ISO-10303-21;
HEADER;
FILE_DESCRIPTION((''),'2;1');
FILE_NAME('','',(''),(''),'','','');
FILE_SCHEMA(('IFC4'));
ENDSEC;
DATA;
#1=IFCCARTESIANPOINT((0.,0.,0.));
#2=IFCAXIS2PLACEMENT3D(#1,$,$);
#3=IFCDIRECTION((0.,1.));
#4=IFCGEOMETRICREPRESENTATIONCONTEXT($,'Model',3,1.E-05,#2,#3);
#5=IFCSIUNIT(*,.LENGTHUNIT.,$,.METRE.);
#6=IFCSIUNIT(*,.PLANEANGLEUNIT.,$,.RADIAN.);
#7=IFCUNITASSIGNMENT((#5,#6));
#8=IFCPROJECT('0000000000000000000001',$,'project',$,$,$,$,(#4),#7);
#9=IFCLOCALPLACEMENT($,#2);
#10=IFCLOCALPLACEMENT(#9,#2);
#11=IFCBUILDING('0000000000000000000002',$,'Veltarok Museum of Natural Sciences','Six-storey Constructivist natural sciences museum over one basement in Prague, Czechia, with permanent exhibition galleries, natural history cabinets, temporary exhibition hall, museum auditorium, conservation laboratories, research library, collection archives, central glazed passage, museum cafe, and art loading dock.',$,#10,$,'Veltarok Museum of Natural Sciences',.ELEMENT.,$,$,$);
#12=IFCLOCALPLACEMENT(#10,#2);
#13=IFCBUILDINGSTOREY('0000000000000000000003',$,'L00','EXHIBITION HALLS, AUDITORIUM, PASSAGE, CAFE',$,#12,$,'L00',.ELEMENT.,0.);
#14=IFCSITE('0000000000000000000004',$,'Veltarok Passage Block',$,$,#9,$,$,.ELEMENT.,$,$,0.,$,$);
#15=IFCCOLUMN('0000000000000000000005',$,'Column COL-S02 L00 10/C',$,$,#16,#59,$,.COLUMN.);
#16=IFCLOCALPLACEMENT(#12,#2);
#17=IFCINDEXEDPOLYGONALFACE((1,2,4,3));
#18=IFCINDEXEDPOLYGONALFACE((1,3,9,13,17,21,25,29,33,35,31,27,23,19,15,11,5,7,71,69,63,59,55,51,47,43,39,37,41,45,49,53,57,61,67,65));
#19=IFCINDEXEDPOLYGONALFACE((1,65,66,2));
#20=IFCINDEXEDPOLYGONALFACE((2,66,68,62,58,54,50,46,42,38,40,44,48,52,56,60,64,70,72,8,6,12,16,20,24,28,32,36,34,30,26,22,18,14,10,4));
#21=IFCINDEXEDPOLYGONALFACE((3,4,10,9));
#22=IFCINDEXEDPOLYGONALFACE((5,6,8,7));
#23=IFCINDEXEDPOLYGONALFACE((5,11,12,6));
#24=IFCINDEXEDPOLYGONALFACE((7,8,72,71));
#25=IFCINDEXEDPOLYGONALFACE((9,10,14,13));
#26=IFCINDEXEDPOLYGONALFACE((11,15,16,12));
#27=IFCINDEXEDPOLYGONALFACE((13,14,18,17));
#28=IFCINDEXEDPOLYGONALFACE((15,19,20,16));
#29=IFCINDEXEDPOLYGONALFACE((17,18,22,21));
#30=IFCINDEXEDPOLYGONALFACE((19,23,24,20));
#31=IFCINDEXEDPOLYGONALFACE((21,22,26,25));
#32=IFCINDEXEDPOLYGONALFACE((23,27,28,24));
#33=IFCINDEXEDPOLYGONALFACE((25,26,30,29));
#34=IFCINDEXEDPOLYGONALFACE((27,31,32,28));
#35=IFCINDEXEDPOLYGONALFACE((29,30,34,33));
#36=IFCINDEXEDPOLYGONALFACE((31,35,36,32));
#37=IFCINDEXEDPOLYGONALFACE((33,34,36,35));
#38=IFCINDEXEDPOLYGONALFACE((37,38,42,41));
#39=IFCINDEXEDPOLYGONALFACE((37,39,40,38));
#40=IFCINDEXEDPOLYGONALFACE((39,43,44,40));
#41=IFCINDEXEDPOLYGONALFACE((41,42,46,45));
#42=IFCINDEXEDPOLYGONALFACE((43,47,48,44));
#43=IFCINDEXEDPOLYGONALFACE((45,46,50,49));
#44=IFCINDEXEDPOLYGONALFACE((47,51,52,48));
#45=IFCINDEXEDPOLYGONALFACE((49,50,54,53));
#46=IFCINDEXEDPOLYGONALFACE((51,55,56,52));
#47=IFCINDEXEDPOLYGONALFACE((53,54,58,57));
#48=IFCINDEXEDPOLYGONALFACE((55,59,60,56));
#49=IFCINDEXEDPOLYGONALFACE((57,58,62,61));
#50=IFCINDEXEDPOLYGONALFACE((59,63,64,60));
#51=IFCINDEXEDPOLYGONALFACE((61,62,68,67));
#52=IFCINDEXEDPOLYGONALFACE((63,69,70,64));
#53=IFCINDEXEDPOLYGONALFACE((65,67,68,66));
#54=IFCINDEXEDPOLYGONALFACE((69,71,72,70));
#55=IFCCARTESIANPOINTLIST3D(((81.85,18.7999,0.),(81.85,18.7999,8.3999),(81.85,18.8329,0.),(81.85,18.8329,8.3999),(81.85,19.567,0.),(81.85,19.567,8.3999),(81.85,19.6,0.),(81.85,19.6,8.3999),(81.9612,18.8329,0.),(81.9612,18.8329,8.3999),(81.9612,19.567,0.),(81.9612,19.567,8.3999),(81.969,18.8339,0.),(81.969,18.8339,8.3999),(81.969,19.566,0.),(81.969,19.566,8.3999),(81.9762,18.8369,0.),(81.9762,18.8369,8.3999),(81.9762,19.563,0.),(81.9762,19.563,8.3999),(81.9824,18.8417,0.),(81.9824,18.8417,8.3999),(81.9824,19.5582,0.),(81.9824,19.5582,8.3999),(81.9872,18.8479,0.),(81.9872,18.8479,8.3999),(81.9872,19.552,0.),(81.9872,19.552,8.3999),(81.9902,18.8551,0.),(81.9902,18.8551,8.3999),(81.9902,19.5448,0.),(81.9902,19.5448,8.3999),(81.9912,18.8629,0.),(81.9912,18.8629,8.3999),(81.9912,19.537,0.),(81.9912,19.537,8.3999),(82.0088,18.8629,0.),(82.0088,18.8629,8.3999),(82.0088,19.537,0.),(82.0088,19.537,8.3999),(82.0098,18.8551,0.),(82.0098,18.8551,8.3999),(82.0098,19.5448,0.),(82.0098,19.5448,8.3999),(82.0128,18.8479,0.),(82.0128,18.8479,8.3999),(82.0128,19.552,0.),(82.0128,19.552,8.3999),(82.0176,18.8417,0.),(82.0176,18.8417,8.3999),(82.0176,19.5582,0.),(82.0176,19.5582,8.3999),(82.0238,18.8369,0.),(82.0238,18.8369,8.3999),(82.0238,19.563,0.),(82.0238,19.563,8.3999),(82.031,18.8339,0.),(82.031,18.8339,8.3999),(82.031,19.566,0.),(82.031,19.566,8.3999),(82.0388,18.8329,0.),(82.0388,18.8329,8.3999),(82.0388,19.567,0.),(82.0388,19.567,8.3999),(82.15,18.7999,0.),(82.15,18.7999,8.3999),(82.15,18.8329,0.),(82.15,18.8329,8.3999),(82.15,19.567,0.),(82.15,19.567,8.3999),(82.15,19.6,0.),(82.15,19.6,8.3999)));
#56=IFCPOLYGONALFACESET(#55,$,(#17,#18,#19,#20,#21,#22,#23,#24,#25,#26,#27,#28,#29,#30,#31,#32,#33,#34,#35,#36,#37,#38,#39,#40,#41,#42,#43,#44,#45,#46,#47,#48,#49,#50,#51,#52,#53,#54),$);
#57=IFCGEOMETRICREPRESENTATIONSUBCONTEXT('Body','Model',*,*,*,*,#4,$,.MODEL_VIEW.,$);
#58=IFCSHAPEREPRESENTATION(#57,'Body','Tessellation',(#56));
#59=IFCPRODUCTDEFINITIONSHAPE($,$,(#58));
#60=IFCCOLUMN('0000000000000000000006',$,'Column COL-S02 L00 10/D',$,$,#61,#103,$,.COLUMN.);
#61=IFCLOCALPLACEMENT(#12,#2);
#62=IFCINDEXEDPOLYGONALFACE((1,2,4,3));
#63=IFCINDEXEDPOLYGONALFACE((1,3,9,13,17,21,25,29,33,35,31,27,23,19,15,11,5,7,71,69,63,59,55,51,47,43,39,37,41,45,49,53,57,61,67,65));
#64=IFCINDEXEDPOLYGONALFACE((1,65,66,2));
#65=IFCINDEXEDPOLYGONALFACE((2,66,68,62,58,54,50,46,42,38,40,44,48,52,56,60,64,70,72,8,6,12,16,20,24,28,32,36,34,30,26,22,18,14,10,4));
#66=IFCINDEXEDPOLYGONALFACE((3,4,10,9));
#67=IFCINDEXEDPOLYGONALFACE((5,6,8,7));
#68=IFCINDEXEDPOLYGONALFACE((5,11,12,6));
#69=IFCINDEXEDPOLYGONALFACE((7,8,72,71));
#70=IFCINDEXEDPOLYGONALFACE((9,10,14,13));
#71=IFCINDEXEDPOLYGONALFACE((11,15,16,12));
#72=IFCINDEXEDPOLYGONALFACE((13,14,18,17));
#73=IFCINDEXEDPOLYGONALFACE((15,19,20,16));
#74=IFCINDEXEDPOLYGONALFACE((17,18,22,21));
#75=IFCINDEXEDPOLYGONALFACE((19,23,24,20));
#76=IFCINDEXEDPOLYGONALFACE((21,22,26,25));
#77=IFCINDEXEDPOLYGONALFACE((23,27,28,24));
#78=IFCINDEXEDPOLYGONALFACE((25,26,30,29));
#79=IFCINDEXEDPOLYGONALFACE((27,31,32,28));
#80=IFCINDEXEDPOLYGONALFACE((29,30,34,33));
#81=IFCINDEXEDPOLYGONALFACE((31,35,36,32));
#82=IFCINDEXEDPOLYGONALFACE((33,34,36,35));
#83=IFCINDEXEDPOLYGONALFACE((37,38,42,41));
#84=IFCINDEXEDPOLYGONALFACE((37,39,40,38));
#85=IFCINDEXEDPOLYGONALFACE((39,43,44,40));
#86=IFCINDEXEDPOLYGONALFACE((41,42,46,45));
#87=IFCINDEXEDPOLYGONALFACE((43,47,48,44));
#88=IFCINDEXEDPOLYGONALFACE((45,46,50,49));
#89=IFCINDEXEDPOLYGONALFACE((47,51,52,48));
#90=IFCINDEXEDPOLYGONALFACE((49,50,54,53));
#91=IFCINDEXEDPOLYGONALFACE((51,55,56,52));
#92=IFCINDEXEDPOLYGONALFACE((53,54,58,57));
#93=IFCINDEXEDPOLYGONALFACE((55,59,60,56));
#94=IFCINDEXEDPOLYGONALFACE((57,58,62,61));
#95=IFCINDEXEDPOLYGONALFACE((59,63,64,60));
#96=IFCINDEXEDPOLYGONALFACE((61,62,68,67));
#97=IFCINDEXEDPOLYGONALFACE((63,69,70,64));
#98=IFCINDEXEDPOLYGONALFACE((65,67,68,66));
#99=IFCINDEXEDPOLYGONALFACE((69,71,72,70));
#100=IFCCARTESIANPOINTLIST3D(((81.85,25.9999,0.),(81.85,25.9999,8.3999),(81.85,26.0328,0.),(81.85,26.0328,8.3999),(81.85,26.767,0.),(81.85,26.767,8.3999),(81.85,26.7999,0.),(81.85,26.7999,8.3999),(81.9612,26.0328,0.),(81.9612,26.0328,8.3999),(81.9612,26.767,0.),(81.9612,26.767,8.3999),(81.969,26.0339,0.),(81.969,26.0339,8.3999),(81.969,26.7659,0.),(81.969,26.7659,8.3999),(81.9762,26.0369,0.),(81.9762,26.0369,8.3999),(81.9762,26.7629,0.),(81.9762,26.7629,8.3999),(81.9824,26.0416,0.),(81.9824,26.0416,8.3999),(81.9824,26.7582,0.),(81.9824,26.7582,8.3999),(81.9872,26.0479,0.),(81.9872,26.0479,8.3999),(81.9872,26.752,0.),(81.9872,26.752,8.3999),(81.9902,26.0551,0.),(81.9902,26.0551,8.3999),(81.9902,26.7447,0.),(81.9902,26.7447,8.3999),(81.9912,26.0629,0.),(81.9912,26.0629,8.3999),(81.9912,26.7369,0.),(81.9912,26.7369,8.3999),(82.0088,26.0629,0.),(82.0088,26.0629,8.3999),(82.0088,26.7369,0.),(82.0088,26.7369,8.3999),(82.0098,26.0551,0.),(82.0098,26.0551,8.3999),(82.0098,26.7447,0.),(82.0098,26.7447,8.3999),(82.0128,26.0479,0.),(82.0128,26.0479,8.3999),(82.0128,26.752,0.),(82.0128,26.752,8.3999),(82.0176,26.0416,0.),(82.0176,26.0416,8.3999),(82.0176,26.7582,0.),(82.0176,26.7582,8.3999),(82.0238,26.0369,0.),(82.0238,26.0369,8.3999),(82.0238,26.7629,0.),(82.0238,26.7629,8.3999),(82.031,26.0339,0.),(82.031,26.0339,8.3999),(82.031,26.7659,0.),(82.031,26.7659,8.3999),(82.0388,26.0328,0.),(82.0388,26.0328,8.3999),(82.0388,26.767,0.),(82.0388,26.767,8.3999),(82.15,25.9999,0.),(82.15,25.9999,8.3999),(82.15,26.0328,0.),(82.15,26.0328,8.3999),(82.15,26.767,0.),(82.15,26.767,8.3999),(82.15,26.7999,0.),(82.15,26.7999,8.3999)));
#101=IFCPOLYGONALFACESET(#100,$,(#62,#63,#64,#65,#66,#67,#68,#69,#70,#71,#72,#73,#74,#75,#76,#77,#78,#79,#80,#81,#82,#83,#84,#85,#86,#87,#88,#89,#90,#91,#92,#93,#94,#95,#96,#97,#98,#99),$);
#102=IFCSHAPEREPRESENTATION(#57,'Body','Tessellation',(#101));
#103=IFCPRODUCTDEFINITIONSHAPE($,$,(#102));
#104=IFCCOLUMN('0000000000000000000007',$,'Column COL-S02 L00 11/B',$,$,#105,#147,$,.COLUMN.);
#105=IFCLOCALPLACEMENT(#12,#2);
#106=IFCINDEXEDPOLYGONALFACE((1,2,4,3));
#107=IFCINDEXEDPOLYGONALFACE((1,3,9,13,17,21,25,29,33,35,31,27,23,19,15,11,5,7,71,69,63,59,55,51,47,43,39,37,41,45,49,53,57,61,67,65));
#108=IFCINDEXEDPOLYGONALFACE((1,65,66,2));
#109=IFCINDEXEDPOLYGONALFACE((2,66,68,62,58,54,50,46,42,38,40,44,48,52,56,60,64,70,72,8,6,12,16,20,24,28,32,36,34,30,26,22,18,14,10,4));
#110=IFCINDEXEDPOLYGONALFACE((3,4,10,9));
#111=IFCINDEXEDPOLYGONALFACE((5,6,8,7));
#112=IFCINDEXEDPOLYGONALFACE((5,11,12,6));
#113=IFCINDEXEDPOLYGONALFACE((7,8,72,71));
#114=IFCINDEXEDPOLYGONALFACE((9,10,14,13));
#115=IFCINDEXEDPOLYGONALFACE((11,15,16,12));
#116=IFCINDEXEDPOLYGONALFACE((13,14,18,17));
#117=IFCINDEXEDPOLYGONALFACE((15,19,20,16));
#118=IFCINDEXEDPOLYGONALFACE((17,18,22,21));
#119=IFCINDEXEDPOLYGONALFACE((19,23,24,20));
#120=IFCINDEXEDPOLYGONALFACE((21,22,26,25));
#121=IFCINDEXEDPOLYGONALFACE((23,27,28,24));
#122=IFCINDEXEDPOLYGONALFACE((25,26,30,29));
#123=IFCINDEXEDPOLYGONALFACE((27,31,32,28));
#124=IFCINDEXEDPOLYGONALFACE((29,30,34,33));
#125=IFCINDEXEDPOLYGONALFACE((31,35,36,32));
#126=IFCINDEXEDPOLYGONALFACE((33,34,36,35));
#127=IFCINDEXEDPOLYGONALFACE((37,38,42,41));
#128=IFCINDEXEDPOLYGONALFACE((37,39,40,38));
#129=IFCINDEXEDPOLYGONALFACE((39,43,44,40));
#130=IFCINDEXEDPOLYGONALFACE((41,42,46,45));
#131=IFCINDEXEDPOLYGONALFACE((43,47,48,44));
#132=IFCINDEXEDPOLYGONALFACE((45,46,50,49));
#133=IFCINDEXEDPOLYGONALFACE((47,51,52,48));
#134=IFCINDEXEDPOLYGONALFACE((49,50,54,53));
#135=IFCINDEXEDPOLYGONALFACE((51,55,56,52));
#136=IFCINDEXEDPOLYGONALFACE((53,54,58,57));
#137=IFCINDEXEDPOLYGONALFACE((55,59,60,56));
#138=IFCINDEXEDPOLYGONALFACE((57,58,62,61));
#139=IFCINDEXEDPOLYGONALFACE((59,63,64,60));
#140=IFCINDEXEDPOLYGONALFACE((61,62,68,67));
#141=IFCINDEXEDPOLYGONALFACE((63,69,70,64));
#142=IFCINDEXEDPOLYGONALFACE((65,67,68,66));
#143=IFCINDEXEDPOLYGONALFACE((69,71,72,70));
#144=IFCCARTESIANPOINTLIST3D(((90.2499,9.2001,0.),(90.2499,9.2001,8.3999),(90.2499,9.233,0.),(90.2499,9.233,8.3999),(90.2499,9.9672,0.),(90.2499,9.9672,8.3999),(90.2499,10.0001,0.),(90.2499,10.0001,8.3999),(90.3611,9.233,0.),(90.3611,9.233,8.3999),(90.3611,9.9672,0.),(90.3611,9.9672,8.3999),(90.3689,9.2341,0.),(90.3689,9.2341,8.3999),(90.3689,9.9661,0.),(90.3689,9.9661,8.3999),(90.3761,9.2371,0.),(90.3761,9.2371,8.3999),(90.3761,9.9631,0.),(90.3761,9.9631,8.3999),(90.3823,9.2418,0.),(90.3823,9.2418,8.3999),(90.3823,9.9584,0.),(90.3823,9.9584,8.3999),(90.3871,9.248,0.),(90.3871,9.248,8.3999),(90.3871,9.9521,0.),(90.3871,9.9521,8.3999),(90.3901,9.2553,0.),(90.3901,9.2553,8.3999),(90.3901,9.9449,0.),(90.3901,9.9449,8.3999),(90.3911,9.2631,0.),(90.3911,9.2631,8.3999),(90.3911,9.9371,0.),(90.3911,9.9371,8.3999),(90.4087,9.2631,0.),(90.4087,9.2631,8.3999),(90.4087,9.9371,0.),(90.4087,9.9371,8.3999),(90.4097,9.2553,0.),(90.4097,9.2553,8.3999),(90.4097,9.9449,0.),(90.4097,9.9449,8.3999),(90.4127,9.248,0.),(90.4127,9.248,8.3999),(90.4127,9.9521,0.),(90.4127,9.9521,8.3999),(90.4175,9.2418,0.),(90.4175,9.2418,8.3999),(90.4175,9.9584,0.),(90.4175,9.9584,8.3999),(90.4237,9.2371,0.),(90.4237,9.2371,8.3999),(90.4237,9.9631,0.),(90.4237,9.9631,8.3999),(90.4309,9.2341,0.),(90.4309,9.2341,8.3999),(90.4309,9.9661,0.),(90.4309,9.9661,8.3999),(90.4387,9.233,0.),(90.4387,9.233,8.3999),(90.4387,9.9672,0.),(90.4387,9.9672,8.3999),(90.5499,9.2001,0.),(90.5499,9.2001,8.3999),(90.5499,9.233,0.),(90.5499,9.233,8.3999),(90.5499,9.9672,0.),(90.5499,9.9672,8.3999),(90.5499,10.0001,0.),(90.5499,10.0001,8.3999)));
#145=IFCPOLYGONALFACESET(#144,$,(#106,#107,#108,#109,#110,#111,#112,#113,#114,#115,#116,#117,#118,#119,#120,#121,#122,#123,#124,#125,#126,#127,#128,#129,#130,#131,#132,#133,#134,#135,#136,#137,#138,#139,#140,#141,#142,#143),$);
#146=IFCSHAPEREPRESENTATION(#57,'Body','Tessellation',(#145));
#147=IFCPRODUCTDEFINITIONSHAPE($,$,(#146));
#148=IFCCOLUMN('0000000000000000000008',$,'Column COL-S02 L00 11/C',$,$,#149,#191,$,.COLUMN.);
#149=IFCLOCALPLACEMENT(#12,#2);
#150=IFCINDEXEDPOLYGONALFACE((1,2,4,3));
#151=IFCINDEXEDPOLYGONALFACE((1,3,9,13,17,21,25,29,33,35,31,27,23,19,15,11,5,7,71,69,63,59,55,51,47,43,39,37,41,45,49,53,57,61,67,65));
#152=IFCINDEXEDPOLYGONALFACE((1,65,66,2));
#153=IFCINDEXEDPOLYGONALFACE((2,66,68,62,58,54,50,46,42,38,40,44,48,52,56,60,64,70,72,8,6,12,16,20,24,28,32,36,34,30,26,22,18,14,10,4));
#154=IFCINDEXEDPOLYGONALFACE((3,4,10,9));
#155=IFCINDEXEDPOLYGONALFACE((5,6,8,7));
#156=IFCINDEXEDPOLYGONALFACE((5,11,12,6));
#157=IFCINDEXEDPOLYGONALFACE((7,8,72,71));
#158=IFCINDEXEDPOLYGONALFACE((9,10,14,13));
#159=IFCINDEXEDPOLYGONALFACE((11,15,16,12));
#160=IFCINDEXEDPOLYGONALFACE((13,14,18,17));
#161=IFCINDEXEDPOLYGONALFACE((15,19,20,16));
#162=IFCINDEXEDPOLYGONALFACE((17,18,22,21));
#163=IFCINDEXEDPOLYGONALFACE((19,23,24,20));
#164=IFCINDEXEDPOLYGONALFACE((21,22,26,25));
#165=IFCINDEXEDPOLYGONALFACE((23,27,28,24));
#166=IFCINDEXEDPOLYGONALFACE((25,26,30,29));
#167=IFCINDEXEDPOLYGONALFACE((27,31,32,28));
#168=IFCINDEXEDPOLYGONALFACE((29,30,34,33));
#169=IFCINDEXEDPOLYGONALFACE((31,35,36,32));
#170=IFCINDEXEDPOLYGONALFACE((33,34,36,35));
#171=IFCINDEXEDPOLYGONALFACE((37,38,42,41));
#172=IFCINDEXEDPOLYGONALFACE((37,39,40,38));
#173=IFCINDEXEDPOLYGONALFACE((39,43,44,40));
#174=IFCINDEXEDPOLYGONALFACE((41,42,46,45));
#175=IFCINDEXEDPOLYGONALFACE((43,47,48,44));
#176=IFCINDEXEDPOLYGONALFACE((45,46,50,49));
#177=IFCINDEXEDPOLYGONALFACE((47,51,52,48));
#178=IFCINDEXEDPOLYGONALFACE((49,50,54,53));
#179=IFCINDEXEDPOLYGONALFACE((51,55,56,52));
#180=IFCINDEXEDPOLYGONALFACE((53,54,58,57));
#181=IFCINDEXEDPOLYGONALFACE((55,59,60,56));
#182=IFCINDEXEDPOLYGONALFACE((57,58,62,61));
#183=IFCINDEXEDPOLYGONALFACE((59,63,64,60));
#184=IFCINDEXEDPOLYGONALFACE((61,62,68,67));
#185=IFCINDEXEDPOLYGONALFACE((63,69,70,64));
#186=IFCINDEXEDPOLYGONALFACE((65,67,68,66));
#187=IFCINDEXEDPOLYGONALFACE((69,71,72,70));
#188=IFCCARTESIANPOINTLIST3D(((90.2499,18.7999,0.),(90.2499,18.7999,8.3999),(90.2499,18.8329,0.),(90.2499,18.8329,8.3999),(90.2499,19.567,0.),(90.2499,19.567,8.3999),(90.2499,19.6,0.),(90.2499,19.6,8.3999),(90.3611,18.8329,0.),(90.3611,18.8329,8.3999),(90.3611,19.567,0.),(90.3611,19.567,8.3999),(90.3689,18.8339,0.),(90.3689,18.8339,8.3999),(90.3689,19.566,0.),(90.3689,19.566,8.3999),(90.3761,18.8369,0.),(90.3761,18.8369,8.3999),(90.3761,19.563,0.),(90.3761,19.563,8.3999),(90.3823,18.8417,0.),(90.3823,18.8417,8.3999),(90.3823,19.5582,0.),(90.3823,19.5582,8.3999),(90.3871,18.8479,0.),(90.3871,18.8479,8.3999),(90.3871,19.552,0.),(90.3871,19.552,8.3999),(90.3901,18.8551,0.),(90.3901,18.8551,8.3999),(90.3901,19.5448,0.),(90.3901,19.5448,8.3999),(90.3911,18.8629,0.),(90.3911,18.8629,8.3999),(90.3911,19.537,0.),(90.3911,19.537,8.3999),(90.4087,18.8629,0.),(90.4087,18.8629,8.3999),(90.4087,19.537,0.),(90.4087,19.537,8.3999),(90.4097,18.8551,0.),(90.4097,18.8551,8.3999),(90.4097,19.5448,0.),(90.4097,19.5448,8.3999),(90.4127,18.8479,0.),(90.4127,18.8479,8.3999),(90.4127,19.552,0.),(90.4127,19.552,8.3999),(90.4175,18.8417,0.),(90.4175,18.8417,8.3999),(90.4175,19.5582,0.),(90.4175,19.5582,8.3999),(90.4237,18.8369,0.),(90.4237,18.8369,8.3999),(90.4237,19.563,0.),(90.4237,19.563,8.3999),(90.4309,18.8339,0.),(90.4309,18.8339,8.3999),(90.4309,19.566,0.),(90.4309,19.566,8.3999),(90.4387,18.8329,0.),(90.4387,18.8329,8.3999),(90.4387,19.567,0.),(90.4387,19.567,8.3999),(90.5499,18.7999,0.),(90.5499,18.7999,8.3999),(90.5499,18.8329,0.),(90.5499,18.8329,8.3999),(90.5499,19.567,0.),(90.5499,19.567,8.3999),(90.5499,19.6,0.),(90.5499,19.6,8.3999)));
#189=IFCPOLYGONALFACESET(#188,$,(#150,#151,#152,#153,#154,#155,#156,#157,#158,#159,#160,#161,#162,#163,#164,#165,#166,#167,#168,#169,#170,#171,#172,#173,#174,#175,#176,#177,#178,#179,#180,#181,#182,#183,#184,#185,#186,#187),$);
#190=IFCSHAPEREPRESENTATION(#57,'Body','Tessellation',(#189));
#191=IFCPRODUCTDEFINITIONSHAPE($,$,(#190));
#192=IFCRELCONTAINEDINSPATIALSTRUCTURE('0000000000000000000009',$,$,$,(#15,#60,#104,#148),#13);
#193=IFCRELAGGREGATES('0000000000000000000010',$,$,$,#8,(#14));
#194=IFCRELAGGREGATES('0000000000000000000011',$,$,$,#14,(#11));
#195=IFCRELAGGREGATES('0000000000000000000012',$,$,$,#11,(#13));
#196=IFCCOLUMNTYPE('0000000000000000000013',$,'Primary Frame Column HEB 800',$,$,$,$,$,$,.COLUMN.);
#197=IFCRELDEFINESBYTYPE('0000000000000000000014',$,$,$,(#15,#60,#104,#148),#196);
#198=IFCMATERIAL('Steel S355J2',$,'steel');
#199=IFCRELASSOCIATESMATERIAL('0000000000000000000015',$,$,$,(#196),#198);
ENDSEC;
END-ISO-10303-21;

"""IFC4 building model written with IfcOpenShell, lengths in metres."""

from ifc_helpers import new_model, si_unit, direction, frame, origin, origin_2d, place, context, subcontext, project, spatial, i_section, extrude, material, material_profile, profile_set, type_object, element, save


model = new_model("IFC4")

# Units and contexts
model_context = context("Model", 3, precision=1e-05, world=origin(), true_north=direction((0.0, 1.0)))
body_context = subcontext(model_context, "Body", "Model", "MODEL_VIEW")
ifc_project = project(units=[si_unit("LENGTHUNIT", "METRE"), si_unit("PLANEANGLEUNIT", "RADIAN")], contexts=[model_context])

# Site, building, storey
site_placement = place(None, origin())
site = spatial("IfcSite", under=ifc_project, at=site_placement, Name="Veltarok Passage Block", CompositionType="ELEMENT", RefElevation=0.0)
building_placement = place(site_placement, origin())
building = spatial("IfcBuilding", under=site, at=building_placement, Name="Veltarok Museum of Natural Sciences", Description="Six-storey Constructivist natural sciences museum over one basement in Prague, Czechia, with permanent exhibition galleries, natural history cabinets, temporary exhibition hall, museum auditorium, conservation laboratories, research library, collection archives, central glazed passage, museum cafe, and art loading dock.", LongName="Veltarok Museum of Natural Sciences", CompositionType="ELEMENT")
storey_placement = place(building_placement, origin())
storey = spatial("IfcBuildingStorey", under=building, at=storey_placement, Name="L00", Description="EXHIBITION HALLS, AUDITORIUM, PASSAGE, CAFE", LongName="L00", CompositionType="ELEMENT", Elevation=0.0)

# Columns
ifc_material_1 = material(Name="Steel S355J2", Category="steel")
ifc_material_profile_1 = material_profile(ifc_material_1, i_section(OverallWidth=0.3, OverallDepth=0.8, WebThickness=0.0176, FlangeThickness=0.033, FilletRadius=0.03, at=origin_2d()), Name="HEB 800")
ifc_profile_set_1 = profile_set([ifc_material_profile_1], Name="Steel S355J2")
column_type = type_object("IfcColumnType", Name="Primary Frame Column HEB 800", PredefinedType="COLUMN", material=ifc_profile_set_1)
for number, where, z_axis, x_axis, name in (
    (1, (82.0, 19.2, 0.0), (0.0, 0.0, 1.0), (1.0, 0.0, 0.0), "Column COL-S02 L00 10/C"),
    (2, (82.0, 26.3999, 0.0), (0.0, 0.0, 1.0), (1.0, 0.0, 0.0), "Column COL-S02 L00 10/D"),
    (3, (90.3999, 9.6001, 0.0), (0.0, 0.0, 1.0), (1.0, 0.0, 0.0), "Column COL-S02 L00 11/B"),
    (4, (90.3999, 19.2, 0.0), (0.0, 0.0, 1.0), (1.0, 0.0, 0.0), "Column COL-S02 L00 11/C"),
):
    element("IfcColumn", number, at=place(storey_placement, frame(where, z_axis=z_axis, x_axis=x_axis)), inside=storey, type_object=column_type, Name=name, PredefinedType="COLUMN", context=body_context, shape_type="SweptSolid", body=[
        extrude(i_section(OverallWidth=0.3, OverallDepth=0.8, WebThickness=0.0176, FlangeThickness=0.033, FilletRadius=0.03, at=origin_2d()), origin(), (0.0, 0.0, 1.0), 8.3999),
    ])

save(model, "model.ifc")
